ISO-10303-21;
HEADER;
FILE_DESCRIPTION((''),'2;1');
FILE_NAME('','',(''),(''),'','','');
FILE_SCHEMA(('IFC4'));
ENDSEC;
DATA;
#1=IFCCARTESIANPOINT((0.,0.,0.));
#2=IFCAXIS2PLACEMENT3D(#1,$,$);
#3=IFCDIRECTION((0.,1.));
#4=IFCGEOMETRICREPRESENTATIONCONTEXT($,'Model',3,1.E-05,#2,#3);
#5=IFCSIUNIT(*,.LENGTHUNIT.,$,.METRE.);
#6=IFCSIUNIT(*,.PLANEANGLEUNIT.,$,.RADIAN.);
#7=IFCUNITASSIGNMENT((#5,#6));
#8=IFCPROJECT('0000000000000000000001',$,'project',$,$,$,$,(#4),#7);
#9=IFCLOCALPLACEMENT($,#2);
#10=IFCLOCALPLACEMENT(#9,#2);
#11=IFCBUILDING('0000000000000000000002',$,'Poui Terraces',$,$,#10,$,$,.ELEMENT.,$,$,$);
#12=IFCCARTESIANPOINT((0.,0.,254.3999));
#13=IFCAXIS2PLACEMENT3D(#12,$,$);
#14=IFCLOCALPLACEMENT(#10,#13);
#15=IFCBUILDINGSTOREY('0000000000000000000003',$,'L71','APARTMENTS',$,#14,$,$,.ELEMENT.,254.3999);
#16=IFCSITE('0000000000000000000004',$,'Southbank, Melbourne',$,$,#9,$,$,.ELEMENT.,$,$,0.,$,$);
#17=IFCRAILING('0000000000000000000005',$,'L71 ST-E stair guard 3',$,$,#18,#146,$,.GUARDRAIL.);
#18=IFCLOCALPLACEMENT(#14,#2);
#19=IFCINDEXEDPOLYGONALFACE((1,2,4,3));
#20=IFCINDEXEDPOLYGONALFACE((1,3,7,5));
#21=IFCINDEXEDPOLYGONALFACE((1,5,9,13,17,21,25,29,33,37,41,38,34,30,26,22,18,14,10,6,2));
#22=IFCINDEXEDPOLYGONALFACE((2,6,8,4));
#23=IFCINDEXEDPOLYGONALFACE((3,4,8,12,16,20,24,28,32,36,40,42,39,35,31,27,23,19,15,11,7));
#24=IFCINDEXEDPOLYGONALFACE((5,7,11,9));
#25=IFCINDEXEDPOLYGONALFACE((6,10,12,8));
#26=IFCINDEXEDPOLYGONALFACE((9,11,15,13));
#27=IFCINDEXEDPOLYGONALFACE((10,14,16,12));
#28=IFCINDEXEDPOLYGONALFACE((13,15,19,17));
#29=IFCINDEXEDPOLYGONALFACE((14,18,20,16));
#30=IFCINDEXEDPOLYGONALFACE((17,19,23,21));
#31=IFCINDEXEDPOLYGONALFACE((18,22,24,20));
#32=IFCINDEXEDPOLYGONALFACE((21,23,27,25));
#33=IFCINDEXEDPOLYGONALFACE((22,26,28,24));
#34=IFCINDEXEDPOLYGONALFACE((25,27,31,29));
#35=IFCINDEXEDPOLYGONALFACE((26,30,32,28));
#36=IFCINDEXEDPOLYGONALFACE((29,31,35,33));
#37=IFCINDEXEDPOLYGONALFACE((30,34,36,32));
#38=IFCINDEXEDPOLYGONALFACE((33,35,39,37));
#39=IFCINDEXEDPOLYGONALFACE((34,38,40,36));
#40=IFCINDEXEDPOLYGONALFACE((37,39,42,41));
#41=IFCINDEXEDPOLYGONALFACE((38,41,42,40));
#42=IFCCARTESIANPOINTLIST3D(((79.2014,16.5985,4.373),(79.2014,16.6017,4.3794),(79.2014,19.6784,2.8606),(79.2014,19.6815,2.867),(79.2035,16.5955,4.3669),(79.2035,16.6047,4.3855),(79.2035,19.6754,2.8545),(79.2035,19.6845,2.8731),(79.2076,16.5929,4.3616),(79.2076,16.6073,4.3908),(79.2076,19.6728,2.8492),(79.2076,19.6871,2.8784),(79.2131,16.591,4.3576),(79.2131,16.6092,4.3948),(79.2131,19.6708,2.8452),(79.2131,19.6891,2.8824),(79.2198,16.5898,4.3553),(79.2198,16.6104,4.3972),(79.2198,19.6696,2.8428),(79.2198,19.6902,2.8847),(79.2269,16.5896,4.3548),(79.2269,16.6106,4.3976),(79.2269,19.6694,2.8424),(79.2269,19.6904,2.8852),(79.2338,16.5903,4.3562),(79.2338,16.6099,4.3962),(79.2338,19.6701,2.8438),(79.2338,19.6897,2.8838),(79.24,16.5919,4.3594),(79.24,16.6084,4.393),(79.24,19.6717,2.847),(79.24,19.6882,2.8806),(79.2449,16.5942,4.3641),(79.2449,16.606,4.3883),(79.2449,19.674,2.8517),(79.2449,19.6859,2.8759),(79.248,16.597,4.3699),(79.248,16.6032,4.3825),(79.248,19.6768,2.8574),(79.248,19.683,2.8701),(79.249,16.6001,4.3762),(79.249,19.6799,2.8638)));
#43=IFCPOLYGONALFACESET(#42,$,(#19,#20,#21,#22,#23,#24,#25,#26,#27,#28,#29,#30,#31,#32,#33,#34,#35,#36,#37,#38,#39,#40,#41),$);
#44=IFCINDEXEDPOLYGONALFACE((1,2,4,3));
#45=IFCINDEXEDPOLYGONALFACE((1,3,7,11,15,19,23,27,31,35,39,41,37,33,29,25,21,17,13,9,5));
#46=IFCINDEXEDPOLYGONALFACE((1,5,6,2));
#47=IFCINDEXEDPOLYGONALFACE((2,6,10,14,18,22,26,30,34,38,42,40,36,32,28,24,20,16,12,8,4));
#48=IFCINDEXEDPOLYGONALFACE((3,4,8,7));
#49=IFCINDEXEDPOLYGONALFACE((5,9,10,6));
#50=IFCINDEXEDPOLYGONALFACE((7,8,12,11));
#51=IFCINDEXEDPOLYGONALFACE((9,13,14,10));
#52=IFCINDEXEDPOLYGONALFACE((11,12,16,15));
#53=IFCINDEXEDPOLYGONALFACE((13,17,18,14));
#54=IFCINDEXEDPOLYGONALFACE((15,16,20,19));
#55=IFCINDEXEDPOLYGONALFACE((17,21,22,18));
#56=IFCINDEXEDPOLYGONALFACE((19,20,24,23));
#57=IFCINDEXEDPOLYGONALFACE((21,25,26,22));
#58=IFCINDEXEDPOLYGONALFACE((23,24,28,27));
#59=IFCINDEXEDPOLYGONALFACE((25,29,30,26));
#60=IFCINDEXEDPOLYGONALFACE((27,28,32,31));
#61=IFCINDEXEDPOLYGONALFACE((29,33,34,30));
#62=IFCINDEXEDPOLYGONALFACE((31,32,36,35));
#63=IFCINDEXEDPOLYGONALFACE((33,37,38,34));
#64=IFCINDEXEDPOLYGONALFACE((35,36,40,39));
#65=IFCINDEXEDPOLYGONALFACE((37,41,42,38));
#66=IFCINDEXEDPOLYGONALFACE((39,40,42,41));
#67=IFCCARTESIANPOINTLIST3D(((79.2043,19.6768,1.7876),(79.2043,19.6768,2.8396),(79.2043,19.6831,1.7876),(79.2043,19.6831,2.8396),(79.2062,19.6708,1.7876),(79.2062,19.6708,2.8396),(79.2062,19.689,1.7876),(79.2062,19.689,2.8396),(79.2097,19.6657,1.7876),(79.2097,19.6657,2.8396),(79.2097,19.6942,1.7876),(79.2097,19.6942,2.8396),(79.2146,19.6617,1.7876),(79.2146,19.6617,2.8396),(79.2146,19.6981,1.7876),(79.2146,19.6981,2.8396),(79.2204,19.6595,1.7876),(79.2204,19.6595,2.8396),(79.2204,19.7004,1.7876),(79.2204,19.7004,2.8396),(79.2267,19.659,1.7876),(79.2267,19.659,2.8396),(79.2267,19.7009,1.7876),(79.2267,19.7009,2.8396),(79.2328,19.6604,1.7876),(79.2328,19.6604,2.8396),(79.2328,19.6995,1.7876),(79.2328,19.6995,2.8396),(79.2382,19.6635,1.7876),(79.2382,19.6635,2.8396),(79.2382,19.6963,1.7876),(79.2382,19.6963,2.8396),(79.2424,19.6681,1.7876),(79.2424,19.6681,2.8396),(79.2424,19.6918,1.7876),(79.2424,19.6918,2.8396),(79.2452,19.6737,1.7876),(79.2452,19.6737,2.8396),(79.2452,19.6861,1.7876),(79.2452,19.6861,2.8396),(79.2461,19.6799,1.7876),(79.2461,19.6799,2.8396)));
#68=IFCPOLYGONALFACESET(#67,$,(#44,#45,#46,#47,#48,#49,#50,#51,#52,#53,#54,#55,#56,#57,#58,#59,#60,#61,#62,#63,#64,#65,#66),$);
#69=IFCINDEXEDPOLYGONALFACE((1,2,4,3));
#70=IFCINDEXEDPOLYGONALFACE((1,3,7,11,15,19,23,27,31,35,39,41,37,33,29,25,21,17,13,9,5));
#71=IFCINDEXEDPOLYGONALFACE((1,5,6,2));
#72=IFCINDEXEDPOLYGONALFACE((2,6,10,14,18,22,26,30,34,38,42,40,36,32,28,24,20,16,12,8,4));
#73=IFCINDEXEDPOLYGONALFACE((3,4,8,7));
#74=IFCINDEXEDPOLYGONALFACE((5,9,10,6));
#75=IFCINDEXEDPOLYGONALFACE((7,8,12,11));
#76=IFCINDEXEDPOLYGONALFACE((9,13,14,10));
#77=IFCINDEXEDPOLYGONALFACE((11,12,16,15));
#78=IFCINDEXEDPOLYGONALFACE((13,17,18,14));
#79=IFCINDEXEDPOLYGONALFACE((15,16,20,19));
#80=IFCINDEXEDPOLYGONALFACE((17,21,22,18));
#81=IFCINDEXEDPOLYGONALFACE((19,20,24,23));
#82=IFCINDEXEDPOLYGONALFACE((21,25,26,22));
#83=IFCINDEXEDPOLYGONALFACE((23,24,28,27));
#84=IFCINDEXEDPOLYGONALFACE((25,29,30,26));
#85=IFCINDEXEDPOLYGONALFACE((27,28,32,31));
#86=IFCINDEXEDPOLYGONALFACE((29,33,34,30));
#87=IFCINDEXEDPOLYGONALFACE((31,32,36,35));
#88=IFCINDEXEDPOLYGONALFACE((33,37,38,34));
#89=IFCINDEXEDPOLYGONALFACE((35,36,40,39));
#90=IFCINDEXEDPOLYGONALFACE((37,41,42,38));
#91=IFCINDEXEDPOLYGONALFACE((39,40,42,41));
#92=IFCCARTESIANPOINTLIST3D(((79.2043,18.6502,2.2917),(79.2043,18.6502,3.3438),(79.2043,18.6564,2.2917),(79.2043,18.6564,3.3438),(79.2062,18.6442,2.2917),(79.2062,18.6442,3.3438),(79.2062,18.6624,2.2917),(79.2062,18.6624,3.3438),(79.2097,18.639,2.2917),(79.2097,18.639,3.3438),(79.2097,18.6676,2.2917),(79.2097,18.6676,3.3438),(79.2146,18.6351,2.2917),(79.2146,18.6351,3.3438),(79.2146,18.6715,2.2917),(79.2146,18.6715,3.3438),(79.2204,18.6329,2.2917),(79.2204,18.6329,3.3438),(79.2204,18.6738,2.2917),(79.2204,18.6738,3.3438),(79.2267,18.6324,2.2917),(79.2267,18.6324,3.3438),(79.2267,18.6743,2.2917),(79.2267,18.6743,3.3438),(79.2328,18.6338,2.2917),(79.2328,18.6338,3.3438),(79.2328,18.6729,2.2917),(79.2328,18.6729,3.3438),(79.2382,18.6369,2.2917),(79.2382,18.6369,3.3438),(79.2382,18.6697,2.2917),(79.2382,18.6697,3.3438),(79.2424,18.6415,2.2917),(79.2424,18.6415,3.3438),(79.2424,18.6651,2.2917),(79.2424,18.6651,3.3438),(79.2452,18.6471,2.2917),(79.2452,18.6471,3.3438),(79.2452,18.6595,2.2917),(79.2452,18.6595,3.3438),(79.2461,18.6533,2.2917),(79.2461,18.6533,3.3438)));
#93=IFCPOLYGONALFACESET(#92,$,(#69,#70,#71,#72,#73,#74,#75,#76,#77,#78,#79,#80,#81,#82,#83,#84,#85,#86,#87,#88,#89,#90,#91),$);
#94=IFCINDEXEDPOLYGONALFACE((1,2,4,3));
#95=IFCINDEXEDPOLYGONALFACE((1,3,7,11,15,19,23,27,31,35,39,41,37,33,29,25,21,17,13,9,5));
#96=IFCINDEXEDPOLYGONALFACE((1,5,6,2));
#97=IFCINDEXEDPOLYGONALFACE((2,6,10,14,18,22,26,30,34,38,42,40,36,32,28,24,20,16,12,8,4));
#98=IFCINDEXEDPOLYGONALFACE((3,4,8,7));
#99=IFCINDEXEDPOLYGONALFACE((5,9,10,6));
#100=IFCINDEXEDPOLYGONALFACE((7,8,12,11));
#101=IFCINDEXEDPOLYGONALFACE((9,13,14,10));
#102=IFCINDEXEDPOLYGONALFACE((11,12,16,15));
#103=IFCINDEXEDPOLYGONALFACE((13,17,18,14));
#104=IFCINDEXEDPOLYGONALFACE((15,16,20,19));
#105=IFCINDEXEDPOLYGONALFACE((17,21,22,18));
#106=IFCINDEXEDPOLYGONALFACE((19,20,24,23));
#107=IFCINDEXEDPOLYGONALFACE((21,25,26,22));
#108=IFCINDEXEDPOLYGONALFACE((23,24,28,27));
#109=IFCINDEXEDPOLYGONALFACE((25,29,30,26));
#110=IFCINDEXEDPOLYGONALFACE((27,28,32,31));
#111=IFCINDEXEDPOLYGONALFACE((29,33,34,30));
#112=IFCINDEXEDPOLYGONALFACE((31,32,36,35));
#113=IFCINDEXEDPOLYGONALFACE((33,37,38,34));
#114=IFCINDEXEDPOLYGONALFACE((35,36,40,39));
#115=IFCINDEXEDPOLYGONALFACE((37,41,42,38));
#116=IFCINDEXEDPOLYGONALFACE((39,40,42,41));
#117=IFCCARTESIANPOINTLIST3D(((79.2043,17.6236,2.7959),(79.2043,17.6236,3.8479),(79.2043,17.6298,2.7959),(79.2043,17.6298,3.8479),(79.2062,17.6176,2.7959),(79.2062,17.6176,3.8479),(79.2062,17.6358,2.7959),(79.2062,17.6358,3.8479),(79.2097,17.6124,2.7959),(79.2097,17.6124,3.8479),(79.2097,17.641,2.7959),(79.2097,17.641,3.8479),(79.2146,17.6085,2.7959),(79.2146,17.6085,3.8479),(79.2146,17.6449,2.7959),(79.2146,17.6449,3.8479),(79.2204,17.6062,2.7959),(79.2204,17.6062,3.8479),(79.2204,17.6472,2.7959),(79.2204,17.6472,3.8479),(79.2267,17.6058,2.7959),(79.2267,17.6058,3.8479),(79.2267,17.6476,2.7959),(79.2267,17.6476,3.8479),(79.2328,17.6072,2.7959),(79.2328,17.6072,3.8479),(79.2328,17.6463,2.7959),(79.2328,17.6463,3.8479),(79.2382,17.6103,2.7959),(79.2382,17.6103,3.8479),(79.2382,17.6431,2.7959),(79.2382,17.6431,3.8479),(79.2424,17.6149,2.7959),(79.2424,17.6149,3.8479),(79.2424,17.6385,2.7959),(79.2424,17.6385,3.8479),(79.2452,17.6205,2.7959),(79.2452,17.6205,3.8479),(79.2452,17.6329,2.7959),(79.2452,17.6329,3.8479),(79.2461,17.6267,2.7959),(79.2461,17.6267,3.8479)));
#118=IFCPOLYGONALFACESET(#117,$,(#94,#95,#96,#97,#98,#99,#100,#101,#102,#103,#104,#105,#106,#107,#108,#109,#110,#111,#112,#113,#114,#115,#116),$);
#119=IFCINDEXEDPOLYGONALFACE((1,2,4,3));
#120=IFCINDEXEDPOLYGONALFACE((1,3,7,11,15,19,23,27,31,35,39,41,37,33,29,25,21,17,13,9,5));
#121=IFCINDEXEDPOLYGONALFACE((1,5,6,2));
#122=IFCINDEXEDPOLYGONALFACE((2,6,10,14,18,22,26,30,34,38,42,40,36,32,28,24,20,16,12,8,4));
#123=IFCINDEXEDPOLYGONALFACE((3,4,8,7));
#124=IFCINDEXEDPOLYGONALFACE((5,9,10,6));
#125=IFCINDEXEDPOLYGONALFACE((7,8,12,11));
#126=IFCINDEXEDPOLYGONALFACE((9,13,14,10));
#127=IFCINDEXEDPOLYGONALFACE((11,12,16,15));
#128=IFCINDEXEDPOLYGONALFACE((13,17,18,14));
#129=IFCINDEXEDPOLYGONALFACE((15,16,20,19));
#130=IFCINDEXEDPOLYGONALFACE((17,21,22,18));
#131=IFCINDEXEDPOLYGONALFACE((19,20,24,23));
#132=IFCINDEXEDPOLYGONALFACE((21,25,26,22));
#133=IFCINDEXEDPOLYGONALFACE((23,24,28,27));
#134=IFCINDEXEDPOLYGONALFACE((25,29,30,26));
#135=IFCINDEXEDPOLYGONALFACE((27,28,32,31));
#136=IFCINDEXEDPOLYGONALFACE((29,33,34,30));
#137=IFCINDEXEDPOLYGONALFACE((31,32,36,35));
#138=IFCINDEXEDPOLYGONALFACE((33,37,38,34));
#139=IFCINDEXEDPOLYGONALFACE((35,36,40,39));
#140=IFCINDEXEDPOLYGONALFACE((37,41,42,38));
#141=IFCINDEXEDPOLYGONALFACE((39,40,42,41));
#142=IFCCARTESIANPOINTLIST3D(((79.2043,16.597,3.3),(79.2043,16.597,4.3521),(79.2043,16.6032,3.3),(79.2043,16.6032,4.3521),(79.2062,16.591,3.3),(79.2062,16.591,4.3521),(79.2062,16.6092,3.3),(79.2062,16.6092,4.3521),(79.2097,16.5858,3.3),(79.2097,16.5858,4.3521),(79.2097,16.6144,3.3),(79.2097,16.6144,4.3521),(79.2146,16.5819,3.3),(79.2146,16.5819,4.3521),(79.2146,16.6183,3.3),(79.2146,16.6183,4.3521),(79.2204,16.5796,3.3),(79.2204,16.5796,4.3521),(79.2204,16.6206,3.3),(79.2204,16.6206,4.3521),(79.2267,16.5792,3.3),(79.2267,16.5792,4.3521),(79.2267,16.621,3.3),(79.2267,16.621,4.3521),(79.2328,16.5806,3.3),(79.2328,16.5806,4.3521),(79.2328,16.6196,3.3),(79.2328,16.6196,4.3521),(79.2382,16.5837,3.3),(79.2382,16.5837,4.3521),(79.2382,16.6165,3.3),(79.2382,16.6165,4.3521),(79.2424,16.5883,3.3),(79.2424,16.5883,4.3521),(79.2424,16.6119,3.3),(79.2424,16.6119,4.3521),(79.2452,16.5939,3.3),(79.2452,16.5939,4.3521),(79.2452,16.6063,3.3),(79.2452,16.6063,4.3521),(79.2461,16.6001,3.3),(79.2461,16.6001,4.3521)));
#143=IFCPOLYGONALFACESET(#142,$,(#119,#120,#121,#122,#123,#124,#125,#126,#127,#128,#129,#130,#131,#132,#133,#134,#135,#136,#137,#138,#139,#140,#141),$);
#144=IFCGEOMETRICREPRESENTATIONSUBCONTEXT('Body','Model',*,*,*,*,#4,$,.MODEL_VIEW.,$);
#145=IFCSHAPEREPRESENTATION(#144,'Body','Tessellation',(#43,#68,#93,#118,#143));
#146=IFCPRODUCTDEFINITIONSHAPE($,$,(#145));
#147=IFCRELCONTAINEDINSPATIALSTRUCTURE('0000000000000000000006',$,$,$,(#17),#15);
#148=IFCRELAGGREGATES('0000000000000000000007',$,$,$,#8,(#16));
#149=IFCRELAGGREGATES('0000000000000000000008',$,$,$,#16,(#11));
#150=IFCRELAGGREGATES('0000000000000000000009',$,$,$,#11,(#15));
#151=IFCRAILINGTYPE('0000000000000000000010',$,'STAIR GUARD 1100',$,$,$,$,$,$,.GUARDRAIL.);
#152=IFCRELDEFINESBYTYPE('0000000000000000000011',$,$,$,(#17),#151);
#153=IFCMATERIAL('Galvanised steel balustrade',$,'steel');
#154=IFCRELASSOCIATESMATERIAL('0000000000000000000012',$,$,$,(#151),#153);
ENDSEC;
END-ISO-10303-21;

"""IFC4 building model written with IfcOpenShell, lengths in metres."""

from ifc_helpers import new_model, si_unit, direction, frame, origin, origin_2d, place, context, subcontext, project, spatial, circle, extrude, material, type_object, element, save


model = new_model("IFC4")

# Units and contexts
model_context = context("Model", 3, precision=1e-05, world=origin(), true_north=direction((0.0, 1.0)))
body_context = subcontext(model_context, "Body", "Model", "MODEL_VIEW")
ifc_project = project(units=[si_unit("LENGTHUNIT", "METRE"), si_unit("PLANEANGLEUNIT", "RADIAN")], contexts=[model_context])

# Site, building, storey
site_placement = place(None, origin())
site = spatial("IfcSite", under=ifc_project, at=site_placement, Name="Southbank, Melbourne", CompositionType="ELEMENT", RefElevation=0.0)
building_placement = place(site_placement, origin())
building = spatial("IfcBuilding", under=site, at=building_placement, Name="Poui Terraces", CompositionType="ELEMENT")
storey_placement = place(building_placement, frame((0.0, 0.0, 254.3999)))
storey = spatial("IfcBuildingStorey", under=building, at=storey_placement, Name="L71", Description="APARTMENTS", CompositionType="ELEMENT", Elevation=254.3999)

# Railing
ifc_material_1 = material(Name="Galvanised steel balustrade", Category="steel")
railing_type = type_object("IfcRailingType", Name="STAIR GUARD 1100", PredefinedType="GUARDRAIL", material=ifc_material_1)
railing_placement = place(storey_placement, frame((79.2251, 19.6799, 1.7876)))
element("IfcRailing", 1, at=railing_placement, inside=storey, type_object=railing_type, Name="L71 ST-E stair guard 3", PredefinedType="GUARDRAIL", context=body_context, shape_type="SweptSolid", body=[
    extrude(circle(Radius=0.0239, at=origin_2d()), frame((0.0, 0.0, 1.0762), z_axis=(0.0, -0.897606, 0.440798), x_axis=(1.0, 0.0, 0.0)), (0.0, 0.0, 1.0), 3.4312),
    extrude(circle(Radius=0.021, at=origin_2d()), origin(), (0.0, 0.0, 1.0), 1.052),
    extrude(circle(Radius=0.021, at=origin_2d()), frame((0.0, -1.0266, 0.5042)), (0.0, 0.0, 1.0), 1.052),
    extrude(circle(Radius=0.021, at=origin_2d()), frame((0.0, -2.0532, 1.0083)), (0.0, 0.0, 1.0), 1.052),
    extrude(circle(Radius=0.021, at=origin_2d()), frame((0.0, -3.0798, 1.5125)), (0.0, 0.0, 1.0), 1.052),
])

save(model, "model.ifc")
